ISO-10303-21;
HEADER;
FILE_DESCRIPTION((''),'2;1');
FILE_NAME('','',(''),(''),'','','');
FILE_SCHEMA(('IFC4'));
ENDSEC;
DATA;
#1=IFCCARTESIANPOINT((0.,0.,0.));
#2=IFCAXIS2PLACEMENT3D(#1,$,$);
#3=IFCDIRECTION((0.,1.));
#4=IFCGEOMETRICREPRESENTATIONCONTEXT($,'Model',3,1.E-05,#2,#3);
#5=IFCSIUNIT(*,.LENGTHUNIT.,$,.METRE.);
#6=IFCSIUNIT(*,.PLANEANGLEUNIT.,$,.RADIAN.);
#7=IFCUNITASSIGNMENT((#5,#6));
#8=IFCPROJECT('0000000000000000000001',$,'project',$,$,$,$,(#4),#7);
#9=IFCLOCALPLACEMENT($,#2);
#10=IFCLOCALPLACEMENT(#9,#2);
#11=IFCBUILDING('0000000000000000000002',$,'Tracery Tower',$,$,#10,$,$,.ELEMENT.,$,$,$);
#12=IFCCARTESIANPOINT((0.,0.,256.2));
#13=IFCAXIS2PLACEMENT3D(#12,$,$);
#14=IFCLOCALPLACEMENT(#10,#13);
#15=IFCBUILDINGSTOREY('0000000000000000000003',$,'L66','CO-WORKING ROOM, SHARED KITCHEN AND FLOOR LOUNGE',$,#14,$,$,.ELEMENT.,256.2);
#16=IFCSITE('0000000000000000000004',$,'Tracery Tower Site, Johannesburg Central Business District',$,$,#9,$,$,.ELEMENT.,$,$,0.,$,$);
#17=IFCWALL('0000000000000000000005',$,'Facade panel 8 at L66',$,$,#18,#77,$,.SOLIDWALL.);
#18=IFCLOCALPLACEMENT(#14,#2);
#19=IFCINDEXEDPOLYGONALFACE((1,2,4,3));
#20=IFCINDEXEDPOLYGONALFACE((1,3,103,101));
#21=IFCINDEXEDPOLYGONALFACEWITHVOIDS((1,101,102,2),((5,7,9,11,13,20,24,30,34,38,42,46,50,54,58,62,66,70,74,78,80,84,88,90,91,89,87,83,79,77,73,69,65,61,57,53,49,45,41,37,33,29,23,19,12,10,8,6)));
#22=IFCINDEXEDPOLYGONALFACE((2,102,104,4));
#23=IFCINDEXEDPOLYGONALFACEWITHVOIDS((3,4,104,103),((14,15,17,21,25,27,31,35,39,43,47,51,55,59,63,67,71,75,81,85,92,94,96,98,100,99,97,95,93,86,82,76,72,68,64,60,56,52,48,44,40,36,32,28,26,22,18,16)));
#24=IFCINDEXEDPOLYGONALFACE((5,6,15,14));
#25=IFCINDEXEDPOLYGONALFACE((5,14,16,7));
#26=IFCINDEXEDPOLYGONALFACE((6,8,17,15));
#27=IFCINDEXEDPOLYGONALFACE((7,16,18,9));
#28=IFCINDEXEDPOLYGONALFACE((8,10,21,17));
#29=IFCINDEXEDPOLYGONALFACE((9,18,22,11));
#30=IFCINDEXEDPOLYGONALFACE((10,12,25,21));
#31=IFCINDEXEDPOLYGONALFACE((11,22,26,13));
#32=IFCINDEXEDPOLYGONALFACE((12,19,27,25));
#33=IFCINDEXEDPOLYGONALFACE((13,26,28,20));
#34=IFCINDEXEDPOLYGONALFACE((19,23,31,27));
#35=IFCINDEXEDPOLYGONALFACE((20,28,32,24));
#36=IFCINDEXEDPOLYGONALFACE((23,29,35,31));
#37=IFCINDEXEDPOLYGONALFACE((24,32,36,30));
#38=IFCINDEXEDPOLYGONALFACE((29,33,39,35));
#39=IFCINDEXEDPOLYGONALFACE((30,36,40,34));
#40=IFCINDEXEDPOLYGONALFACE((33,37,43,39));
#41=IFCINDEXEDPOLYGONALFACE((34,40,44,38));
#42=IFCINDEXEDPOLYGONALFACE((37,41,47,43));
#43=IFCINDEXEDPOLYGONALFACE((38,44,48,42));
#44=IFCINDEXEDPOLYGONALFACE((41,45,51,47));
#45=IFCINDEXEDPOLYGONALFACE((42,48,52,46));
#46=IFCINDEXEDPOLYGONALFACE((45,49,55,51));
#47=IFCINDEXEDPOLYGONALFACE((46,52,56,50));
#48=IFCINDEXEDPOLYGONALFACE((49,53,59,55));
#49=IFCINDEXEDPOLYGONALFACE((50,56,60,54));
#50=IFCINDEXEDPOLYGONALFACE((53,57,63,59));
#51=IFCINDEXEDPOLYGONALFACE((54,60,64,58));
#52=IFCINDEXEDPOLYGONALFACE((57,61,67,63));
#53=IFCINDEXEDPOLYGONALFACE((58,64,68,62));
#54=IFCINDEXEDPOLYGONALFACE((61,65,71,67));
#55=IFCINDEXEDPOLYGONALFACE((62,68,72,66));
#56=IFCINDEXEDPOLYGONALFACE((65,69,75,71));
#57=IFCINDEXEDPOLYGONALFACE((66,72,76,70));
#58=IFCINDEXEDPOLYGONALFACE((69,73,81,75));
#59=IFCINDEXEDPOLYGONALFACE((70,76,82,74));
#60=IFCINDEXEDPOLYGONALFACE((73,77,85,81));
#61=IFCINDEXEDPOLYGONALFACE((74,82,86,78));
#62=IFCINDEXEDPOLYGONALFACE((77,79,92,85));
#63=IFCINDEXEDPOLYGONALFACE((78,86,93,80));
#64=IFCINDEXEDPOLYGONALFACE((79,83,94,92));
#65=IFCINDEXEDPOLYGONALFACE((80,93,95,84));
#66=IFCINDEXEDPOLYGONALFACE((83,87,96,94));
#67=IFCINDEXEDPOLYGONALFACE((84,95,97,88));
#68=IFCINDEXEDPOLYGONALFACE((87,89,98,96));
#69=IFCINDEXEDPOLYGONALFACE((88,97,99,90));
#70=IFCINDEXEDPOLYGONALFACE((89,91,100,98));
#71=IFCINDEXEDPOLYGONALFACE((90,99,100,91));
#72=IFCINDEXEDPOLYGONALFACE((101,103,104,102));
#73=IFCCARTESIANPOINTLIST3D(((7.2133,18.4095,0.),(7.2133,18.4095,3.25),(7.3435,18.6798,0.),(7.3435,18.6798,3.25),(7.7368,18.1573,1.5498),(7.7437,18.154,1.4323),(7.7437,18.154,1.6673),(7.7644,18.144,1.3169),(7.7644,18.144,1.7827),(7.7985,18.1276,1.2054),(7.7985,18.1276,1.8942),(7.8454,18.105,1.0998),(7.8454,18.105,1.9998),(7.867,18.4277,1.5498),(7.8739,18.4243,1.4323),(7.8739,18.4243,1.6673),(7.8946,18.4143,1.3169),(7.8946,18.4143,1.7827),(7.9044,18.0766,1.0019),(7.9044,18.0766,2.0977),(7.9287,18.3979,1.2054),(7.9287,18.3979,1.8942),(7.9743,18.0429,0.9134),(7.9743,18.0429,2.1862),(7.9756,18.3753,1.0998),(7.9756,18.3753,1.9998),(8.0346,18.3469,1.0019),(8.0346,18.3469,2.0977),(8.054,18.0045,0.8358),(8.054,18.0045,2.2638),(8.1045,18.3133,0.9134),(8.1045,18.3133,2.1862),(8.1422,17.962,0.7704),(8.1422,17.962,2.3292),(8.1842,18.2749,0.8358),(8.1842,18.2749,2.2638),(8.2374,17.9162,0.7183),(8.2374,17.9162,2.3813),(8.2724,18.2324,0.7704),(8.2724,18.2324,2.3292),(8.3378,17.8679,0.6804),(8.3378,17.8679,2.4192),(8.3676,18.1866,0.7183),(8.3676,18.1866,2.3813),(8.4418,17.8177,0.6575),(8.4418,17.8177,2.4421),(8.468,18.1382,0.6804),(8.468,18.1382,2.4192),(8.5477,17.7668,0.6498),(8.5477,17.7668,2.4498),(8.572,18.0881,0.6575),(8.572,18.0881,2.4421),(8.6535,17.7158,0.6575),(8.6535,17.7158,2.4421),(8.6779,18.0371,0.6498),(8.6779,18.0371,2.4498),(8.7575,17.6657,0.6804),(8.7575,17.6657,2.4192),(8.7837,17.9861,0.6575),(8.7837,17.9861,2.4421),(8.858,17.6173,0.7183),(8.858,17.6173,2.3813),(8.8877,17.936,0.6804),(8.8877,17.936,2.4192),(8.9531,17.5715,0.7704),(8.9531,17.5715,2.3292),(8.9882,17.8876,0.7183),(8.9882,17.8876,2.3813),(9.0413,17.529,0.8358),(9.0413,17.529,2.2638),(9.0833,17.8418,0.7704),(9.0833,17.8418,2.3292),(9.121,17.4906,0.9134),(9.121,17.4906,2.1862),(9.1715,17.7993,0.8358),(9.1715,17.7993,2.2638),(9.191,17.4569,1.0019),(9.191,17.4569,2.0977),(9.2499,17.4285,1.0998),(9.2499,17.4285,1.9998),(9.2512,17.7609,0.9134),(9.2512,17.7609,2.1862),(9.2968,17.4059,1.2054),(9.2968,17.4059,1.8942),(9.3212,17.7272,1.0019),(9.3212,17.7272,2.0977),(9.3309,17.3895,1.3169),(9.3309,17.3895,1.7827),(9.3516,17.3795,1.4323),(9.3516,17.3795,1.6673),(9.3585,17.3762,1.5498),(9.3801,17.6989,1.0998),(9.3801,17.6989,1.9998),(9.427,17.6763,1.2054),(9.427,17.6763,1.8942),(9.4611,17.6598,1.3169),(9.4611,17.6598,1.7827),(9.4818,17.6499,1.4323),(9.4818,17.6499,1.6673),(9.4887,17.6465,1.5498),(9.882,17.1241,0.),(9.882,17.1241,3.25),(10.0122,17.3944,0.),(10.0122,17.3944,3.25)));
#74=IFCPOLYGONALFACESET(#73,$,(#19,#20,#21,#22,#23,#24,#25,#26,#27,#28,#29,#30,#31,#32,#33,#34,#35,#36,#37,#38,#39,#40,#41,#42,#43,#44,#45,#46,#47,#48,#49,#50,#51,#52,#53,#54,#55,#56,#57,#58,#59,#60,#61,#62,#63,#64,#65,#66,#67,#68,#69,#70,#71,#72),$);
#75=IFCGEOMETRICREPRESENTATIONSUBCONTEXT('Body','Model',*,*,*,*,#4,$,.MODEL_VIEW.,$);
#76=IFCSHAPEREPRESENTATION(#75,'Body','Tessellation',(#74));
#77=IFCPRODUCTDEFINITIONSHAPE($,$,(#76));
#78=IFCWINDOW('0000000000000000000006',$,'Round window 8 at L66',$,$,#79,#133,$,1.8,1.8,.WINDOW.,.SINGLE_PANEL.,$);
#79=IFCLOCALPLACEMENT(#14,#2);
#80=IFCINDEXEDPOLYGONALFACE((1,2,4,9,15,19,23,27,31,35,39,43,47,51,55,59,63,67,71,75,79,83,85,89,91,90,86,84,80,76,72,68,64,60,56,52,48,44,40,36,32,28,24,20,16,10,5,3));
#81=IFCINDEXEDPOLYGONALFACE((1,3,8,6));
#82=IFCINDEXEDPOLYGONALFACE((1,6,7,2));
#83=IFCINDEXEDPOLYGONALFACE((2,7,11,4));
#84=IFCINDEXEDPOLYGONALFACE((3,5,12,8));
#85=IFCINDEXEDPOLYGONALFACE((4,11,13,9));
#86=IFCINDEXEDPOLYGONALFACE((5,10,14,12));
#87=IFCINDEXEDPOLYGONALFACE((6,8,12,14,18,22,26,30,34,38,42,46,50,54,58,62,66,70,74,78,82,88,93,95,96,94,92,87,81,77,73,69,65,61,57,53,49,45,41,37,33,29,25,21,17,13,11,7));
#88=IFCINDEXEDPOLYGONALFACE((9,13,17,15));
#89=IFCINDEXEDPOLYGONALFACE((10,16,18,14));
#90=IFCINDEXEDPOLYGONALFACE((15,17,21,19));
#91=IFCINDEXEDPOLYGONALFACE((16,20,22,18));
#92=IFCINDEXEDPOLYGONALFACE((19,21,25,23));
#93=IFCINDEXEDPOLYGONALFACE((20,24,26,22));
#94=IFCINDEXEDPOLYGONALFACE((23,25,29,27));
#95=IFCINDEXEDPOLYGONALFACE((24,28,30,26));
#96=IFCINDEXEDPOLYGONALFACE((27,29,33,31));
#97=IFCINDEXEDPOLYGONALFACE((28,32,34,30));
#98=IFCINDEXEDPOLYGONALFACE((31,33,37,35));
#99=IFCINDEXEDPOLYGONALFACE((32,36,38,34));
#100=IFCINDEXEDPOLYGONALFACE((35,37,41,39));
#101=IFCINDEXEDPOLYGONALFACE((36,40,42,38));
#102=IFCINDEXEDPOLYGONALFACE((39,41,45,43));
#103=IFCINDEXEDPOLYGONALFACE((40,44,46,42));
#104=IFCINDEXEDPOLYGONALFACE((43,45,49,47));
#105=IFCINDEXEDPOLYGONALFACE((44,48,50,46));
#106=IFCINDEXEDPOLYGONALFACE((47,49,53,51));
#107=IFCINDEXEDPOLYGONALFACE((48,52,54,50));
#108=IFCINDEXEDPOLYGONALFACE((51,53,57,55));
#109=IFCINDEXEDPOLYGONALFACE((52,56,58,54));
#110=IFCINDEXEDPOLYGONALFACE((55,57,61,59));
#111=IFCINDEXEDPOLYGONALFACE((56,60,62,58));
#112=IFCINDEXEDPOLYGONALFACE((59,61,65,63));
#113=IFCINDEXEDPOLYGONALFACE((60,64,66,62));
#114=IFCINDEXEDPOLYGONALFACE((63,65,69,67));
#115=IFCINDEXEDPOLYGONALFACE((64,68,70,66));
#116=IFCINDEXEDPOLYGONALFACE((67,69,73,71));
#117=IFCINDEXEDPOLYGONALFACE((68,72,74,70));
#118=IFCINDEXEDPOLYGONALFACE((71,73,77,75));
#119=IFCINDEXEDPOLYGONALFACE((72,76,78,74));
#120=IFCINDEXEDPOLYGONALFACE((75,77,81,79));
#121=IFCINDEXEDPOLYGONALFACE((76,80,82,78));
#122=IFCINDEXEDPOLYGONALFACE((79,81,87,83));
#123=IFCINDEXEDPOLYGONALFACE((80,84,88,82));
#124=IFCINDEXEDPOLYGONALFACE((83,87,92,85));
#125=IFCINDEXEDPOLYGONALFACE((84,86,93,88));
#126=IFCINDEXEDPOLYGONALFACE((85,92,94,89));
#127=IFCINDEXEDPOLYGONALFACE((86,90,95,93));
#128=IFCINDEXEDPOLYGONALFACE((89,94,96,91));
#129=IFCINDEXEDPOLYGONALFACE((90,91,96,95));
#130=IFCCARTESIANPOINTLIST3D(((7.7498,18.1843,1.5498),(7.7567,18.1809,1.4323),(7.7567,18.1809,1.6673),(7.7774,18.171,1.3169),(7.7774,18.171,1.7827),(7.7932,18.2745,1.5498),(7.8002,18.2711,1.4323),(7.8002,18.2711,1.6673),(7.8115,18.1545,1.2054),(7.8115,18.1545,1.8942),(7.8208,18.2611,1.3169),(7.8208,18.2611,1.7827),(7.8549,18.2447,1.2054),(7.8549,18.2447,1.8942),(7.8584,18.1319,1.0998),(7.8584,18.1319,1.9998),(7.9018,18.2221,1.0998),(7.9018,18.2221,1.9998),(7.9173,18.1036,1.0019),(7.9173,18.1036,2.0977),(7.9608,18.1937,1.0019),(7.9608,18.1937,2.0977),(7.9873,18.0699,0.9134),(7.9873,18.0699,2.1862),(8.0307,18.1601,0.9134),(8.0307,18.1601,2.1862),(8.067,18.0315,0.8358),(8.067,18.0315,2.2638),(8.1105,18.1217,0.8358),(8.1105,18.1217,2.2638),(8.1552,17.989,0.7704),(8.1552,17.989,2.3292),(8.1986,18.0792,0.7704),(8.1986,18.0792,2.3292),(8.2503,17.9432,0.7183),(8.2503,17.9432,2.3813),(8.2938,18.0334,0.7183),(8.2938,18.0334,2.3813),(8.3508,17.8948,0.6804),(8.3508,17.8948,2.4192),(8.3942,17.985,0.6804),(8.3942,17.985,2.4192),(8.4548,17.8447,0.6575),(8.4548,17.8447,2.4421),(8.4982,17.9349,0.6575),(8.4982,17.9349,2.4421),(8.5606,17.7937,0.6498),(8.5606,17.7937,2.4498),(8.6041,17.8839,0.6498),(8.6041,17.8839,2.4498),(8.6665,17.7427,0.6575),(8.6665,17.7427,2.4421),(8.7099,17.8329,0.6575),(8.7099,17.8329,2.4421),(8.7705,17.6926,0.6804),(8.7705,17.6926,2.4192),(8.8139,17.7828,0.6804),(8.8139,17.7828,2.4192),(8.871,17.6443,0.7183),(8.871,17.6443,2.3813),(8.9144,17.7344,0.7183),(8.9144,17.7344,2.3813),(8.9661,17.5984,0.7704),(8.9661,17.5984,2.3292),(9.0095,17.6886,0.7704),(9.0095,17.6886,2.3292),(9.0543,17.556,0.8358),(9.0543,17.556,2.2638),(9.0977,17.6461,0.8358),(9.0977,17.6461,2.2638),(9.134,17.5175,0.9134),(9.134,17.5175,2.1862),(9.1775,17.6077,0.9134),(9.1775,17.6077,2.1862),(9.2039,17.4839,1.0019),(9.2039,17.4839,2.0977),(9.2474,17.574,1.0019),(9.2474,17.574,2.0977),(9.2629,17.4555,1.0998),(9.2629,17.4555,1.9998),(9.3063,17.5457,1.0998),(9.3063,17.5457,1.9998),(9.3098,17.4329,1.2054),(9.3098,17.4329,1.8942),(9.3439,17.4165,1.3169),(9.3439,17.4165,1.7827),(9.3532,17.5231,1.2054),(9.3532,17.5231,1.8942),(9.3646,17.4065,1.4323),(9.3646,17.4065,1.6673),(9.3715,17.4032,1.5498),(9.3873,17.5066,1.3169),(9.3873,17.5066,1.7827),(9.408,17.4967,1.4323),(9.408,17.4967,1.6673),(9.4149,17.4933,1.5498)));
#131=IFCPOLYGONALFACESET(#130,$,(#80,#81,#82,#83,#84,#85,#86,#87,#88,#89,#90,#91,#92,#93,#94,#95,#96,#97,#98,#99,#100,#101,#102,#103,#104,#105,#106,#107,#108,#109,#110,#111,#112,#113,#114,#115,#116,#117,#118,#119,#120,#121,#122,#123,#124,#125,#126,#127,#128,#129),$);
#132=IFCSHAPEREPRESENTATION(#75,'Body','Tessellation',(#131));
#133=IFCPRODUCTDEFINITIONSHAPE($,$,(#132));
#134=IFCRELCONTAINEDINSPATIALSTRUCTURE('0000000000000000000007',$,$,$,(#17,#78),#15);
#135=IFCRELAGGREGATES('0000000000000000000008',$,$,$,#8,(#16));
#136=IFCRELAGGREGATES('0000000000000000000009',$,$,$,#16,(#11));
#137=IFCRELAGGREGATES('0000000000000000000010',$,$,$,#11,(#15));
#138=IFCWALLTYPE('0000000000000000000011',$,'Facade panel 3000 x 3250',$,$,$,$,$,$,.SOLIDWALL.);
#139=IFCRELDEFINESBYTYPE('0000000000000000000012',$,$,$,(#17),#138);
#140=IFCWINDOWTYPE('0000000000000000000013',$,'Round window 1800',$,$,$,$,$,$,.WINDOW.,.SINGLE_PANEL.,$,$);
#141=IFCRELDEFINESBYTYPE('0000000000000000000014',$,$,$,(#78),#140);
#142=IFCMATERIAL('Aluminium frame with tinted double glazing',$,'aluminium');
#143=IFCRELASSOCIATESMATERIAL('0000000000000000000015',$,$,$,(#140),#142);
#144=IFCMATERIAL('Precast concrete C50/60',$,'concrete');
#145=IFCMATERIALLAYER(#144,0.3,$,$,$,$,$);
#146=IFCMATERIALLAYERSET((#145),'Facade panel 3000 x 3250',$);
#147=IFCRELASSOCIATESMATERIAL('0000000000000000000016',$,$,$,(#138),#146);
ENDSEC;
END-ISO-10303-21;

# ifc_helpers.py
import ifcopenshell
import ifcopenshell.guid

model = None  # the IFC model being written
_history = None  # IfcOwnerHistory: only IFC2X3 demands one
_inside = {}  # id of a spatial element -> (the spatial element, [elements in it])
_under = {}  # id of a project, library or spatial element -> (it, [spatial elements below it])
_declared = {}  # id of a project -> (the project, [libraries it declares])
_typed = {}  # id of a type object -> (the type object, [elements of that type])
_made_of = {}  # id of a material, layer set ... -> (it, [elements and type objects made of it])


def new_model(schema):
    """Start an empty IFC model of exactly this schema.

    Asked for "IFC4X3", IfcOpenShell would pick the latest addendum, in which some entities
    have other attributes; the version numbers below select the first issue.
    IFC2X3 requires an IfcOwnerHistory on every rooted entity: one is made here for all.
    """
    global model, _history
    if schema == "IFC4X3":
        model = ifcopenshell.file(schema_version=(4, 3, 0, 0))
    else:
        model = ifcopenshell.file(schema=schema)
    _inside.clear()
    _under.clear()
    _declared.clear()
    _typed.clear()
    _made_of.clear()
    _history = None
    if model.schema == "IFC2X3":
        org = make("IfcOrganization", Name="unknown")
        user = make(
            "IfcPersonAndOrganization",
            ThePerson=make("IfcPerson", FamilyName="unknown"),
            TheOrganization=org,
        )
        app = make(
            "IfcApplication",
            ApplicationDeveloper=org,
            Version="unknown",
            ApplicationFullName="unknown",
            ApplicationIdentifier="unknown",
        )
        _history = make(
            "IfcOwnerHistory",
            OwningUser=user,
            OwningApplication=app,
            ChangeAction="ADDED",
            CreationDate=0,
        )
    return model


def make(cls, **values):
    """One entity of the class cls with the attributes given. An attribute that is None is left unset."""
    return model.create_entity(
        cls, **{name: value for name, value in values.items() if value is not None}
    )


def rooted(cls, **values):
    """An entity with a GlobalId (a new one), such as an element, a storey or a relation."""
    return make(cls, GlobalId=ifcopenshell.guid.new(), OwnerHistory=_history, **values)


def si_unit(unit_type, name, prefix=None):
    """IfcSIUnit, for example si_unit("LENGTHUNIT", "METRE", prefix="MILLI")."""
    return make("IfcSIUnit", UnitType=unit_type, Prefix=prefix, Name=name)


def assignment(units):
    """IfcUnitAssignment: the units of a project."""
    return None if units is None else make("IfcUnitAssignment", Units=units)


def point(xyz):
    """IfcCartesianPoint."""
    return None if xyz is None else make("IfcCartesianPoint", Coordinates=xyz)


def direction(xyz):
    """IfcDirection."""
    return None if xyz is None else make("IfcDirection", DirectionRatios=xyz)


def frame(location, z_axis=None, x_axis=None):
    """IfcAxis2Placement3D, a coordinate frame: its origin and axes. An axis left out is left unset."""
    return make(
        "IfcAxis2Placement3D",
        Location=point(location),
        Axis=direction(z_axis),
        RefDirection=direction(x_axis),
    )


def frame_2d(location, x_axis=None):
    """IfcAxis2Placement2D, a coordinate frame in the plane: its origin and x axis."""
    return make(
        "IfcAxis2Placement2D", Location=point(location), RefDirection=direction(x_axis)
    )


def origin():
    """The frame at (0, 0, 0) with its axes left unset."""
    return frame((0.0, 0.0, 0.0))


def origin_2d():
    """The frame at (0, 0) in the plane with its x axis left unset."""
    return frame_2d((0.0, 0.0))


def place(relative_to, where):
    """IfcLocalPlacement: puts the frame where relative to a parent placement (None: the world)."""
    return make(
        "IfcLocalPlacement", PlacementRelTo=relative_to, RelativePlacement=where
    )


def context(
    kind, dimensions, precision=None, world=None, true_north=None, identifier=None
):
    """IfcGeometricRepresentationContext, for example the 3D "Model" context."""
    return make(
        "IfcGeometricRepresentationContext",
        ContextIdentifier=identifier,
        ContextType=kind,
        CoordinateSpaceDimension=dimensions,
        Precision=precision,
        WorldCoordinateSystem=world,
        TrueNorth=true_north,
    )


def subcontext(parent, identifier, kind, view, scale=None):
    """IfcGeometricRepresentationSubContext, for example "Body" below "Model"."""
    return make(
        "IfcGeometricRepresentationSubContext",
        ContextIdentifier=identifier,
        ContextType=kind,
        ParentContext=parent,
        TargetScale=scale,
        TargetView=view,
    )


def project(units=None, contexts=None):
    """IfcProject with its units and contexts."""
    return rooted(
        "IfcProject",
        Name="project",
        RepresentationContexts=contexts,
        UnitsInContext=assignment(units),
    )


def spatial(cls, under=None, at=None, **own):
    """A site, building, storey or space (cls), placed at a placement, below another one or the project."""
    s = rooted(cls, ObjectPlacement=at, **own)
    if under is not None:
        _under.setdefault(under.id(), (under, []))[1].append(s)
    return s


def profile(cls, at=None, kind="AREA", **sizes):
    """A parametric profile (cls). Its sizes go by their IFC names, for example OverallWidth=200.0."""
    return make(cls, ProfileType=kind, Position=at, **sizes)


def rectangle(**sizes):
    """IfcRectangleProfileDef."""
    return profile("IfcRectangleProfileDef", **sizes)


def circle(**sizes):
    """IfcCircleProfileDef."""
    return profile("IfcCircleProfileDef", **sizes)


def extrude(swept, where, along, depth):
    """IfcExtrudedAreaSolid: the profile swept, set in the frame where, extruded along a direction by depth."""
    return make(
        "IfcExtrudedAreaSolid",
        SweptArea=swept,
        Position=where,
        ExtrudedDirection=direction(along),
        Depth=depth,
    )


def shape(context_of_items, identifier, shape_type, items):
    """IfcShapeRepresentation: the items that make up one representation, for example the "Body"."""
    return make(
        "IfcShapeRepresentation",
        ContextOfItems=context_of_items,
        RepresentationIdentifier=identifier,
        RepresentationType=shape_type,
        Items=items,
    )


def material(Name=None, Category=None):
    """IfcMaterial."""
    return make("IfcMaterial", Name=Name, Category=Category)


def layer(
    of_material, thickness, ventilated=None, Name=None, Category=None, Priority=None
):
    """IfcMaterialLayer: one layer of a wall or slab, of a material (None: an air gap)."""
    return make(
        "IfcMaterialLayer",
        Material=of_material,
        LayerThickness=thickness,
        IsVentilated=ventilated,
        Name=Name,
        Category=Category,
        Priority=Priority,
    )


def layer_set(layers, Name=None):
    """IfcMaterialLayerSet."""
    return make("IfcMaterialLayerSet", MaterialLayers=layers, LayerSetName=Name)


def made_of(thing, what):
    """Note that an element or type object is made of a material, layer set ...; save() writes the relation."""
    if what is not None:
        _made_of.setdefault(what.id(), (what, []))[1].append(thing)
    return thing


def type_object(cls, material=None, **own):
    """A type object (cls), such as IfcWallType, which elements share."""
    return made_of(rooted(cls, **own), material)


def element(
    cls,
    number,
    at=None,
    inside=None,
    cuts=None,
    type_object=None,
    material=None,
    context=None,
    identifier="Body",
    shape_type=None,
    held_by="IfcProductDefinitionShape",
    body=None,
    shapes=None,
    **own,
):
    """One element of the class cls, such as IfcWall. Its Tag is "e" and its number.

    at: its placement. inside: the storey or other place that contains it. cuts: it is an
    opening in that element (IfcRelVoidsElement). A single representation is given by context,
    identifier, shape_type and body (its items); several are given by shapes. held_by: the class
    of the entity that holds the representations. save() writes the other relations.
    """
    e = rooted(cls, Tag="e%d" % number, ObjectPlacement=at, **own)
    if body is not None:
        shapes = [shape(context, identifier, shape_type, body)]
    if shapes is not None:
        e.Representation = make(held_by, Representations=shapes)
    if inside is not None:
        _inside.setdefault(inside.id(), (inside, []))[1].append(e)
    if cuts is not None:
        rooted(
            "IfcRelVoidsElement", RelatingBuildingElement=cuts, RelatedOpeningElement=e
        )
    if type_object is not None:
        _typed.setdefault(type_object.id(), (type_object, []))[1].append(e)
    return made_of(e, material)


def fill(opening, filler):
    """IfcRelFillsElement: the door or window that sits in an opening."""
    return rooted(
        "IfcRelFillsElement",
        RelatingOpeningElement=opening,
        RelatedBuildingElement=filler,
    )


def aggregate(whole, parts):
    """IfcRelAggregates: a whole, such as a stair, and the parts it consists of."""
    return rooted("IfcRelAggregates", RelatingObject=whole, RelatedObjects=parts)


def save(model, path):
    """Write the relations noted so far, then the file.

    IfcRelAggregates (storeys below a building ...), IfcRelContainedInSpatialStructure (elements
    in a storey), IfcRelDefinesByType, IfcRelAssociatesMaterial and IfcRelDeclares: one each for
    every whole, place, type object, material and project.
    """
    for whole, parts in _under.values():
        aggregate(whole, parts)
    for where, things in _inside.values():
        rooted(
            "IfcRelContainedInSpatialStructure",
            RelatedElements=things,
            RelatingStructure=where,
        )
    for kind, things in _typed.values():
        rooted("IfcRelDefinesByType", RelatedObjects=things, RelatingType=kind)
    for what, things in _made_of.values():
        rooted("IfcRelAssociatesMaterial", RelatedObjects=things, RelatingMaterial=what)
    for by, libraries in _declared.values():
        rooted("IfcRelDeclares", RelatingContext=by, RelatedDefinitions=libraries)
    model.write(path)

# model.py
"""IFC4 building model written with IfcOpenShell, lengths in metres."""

from ifc_helpers import new_model, si_unit, direction, frame, frame_2d, origin, origin_2d, place, context, subcontext, project, spatial, rectangle, circle, extrude, material, layer, layer_set, type_object, element, fill, save


model = new_model("IFC4")

# Units and contexts
model_context = context("Model", 3, precision=1e-05, world=origin(), true_north=direction((0.0, 1.0)))
body_context = subcontext(model_context, "Body", "Model", "MODEL_VIEW")
ifc_project = project(units=[si_unit("LENGTHUNIT", "METRE"), si_unit("PLANEANGLEUNIT", "RADIAN")], contexts=[model_context])

# Site, building, storey
site_placement = place(None, origin())
site = spatial("IfcSite", under=ifc_project, at=site_placement, Name="Tracery Tower Site, Johannesburg Central Business District", CompositionType="ELEMENT", RefElevation=0.0)
building_placement = place(site_placement, origin())
building = spatial("IfcBuilding", under=site, at=building_placement, Name="Tracery Tower", CompositionType="ELEMENT")
storey_placement = place(building_placement, frame((0.0, 0.0, 256.2)))
storey = spatial("IfcBuildingStorey", under=building, at=storey_placement, Name="L66", Description="CO-WORKING ROOM, SHARED KITCHEN AND FLOOR LOUNGE", CompositionType="ELEMENT", Elevation=256.2)

# Wall, opening, window
ifc_material_1 = material(Name="Aluminium frame with tinted double glazing", Category="aluminium")
window_type = type_object("IfcWindowType", Name="Round window 1800", PartitioningType="SINGLE_PANEL", PredefinedType="WINDOW", material=ifc_material_1)
ifc_material_2 = material(Name="Precast concrete C50/60", Category="concrete")
ifc_layer_1 = layer(ifc_material_2, 0.3)
ifc_layer_set_1 = layer_set([ifc_layer_1], Name="Facade panel 3000 x 3250")
wall_type_1 = type_object("IfcWallType", Name="Facade panel 3000 x 3250", PredefinedType="SOLIDWALL", material=ifc_layer_set_1)
wall_1_placement = place(storey_placement, frame((9.947, 17.2593, 0.0), z_axis=(0.0, 0.0, 1.0), x_axis=(-0.90094, 0.433944, 0.0)))
wall_1 = element("IfcWall", 1, at=wall_1_placement, inside=storey, type_object=wall_type_1, Name="Facade panel 8 at L66", PredefinedType="SOLIDWALL", context=body_context, shape_type="SweptSolid", body=[
    extrude(rectangle(XDim=2.9622, YDim=0.3, at=frame_2d((1.481, 0.0))), origin(), (0.0, 0.0, 1.0), 3.25),
])
opening_1_placement = place(wall_1_placement, frame((1.481, 0.0, 1.5498)))
opening_1 = element("IfcOpeningElement", 2, at=opening_1_placement, cuts=wall_1, PredefinedType="OPENING", context=body_context, shape_type="SweptSolid", body=[
    extrude(circle(Radius=0.9, at=origin_2d()), frame((0.0, 0.1599, 0.0), z_axis=(0.0, -1.0, 0.0), x_axis=(1.0, 0.0, 0.0)), (0.0, 0.0, 1.0), 0.3201),
])
window_1_placement = place(opening_1_placement, origin())
window_1 = element("IfcWindow", 3, at=window_1_placement, inside=storey, type_object=window_type, Name="Round window 8 at L66", OverallHeight=1.8, OverallWidth=1.8, PartitioningType="SINGLE_PANEL", PredefinedType="WINDOW", context=body_context, shape_type="SweptSolid", body=[
    extrude(circle(Radius=0.9, at=origin_2d()), frame((0.0, 0.1201, 0.0), z_axis=(0.0, -1.0, 0.0), x_axis=(1.0, 0.0, 0.0)), (0.0, 0.0, 1.0), 0.1001),
])
fill(opening_1, window_1)

save(model, "model.ifc")
